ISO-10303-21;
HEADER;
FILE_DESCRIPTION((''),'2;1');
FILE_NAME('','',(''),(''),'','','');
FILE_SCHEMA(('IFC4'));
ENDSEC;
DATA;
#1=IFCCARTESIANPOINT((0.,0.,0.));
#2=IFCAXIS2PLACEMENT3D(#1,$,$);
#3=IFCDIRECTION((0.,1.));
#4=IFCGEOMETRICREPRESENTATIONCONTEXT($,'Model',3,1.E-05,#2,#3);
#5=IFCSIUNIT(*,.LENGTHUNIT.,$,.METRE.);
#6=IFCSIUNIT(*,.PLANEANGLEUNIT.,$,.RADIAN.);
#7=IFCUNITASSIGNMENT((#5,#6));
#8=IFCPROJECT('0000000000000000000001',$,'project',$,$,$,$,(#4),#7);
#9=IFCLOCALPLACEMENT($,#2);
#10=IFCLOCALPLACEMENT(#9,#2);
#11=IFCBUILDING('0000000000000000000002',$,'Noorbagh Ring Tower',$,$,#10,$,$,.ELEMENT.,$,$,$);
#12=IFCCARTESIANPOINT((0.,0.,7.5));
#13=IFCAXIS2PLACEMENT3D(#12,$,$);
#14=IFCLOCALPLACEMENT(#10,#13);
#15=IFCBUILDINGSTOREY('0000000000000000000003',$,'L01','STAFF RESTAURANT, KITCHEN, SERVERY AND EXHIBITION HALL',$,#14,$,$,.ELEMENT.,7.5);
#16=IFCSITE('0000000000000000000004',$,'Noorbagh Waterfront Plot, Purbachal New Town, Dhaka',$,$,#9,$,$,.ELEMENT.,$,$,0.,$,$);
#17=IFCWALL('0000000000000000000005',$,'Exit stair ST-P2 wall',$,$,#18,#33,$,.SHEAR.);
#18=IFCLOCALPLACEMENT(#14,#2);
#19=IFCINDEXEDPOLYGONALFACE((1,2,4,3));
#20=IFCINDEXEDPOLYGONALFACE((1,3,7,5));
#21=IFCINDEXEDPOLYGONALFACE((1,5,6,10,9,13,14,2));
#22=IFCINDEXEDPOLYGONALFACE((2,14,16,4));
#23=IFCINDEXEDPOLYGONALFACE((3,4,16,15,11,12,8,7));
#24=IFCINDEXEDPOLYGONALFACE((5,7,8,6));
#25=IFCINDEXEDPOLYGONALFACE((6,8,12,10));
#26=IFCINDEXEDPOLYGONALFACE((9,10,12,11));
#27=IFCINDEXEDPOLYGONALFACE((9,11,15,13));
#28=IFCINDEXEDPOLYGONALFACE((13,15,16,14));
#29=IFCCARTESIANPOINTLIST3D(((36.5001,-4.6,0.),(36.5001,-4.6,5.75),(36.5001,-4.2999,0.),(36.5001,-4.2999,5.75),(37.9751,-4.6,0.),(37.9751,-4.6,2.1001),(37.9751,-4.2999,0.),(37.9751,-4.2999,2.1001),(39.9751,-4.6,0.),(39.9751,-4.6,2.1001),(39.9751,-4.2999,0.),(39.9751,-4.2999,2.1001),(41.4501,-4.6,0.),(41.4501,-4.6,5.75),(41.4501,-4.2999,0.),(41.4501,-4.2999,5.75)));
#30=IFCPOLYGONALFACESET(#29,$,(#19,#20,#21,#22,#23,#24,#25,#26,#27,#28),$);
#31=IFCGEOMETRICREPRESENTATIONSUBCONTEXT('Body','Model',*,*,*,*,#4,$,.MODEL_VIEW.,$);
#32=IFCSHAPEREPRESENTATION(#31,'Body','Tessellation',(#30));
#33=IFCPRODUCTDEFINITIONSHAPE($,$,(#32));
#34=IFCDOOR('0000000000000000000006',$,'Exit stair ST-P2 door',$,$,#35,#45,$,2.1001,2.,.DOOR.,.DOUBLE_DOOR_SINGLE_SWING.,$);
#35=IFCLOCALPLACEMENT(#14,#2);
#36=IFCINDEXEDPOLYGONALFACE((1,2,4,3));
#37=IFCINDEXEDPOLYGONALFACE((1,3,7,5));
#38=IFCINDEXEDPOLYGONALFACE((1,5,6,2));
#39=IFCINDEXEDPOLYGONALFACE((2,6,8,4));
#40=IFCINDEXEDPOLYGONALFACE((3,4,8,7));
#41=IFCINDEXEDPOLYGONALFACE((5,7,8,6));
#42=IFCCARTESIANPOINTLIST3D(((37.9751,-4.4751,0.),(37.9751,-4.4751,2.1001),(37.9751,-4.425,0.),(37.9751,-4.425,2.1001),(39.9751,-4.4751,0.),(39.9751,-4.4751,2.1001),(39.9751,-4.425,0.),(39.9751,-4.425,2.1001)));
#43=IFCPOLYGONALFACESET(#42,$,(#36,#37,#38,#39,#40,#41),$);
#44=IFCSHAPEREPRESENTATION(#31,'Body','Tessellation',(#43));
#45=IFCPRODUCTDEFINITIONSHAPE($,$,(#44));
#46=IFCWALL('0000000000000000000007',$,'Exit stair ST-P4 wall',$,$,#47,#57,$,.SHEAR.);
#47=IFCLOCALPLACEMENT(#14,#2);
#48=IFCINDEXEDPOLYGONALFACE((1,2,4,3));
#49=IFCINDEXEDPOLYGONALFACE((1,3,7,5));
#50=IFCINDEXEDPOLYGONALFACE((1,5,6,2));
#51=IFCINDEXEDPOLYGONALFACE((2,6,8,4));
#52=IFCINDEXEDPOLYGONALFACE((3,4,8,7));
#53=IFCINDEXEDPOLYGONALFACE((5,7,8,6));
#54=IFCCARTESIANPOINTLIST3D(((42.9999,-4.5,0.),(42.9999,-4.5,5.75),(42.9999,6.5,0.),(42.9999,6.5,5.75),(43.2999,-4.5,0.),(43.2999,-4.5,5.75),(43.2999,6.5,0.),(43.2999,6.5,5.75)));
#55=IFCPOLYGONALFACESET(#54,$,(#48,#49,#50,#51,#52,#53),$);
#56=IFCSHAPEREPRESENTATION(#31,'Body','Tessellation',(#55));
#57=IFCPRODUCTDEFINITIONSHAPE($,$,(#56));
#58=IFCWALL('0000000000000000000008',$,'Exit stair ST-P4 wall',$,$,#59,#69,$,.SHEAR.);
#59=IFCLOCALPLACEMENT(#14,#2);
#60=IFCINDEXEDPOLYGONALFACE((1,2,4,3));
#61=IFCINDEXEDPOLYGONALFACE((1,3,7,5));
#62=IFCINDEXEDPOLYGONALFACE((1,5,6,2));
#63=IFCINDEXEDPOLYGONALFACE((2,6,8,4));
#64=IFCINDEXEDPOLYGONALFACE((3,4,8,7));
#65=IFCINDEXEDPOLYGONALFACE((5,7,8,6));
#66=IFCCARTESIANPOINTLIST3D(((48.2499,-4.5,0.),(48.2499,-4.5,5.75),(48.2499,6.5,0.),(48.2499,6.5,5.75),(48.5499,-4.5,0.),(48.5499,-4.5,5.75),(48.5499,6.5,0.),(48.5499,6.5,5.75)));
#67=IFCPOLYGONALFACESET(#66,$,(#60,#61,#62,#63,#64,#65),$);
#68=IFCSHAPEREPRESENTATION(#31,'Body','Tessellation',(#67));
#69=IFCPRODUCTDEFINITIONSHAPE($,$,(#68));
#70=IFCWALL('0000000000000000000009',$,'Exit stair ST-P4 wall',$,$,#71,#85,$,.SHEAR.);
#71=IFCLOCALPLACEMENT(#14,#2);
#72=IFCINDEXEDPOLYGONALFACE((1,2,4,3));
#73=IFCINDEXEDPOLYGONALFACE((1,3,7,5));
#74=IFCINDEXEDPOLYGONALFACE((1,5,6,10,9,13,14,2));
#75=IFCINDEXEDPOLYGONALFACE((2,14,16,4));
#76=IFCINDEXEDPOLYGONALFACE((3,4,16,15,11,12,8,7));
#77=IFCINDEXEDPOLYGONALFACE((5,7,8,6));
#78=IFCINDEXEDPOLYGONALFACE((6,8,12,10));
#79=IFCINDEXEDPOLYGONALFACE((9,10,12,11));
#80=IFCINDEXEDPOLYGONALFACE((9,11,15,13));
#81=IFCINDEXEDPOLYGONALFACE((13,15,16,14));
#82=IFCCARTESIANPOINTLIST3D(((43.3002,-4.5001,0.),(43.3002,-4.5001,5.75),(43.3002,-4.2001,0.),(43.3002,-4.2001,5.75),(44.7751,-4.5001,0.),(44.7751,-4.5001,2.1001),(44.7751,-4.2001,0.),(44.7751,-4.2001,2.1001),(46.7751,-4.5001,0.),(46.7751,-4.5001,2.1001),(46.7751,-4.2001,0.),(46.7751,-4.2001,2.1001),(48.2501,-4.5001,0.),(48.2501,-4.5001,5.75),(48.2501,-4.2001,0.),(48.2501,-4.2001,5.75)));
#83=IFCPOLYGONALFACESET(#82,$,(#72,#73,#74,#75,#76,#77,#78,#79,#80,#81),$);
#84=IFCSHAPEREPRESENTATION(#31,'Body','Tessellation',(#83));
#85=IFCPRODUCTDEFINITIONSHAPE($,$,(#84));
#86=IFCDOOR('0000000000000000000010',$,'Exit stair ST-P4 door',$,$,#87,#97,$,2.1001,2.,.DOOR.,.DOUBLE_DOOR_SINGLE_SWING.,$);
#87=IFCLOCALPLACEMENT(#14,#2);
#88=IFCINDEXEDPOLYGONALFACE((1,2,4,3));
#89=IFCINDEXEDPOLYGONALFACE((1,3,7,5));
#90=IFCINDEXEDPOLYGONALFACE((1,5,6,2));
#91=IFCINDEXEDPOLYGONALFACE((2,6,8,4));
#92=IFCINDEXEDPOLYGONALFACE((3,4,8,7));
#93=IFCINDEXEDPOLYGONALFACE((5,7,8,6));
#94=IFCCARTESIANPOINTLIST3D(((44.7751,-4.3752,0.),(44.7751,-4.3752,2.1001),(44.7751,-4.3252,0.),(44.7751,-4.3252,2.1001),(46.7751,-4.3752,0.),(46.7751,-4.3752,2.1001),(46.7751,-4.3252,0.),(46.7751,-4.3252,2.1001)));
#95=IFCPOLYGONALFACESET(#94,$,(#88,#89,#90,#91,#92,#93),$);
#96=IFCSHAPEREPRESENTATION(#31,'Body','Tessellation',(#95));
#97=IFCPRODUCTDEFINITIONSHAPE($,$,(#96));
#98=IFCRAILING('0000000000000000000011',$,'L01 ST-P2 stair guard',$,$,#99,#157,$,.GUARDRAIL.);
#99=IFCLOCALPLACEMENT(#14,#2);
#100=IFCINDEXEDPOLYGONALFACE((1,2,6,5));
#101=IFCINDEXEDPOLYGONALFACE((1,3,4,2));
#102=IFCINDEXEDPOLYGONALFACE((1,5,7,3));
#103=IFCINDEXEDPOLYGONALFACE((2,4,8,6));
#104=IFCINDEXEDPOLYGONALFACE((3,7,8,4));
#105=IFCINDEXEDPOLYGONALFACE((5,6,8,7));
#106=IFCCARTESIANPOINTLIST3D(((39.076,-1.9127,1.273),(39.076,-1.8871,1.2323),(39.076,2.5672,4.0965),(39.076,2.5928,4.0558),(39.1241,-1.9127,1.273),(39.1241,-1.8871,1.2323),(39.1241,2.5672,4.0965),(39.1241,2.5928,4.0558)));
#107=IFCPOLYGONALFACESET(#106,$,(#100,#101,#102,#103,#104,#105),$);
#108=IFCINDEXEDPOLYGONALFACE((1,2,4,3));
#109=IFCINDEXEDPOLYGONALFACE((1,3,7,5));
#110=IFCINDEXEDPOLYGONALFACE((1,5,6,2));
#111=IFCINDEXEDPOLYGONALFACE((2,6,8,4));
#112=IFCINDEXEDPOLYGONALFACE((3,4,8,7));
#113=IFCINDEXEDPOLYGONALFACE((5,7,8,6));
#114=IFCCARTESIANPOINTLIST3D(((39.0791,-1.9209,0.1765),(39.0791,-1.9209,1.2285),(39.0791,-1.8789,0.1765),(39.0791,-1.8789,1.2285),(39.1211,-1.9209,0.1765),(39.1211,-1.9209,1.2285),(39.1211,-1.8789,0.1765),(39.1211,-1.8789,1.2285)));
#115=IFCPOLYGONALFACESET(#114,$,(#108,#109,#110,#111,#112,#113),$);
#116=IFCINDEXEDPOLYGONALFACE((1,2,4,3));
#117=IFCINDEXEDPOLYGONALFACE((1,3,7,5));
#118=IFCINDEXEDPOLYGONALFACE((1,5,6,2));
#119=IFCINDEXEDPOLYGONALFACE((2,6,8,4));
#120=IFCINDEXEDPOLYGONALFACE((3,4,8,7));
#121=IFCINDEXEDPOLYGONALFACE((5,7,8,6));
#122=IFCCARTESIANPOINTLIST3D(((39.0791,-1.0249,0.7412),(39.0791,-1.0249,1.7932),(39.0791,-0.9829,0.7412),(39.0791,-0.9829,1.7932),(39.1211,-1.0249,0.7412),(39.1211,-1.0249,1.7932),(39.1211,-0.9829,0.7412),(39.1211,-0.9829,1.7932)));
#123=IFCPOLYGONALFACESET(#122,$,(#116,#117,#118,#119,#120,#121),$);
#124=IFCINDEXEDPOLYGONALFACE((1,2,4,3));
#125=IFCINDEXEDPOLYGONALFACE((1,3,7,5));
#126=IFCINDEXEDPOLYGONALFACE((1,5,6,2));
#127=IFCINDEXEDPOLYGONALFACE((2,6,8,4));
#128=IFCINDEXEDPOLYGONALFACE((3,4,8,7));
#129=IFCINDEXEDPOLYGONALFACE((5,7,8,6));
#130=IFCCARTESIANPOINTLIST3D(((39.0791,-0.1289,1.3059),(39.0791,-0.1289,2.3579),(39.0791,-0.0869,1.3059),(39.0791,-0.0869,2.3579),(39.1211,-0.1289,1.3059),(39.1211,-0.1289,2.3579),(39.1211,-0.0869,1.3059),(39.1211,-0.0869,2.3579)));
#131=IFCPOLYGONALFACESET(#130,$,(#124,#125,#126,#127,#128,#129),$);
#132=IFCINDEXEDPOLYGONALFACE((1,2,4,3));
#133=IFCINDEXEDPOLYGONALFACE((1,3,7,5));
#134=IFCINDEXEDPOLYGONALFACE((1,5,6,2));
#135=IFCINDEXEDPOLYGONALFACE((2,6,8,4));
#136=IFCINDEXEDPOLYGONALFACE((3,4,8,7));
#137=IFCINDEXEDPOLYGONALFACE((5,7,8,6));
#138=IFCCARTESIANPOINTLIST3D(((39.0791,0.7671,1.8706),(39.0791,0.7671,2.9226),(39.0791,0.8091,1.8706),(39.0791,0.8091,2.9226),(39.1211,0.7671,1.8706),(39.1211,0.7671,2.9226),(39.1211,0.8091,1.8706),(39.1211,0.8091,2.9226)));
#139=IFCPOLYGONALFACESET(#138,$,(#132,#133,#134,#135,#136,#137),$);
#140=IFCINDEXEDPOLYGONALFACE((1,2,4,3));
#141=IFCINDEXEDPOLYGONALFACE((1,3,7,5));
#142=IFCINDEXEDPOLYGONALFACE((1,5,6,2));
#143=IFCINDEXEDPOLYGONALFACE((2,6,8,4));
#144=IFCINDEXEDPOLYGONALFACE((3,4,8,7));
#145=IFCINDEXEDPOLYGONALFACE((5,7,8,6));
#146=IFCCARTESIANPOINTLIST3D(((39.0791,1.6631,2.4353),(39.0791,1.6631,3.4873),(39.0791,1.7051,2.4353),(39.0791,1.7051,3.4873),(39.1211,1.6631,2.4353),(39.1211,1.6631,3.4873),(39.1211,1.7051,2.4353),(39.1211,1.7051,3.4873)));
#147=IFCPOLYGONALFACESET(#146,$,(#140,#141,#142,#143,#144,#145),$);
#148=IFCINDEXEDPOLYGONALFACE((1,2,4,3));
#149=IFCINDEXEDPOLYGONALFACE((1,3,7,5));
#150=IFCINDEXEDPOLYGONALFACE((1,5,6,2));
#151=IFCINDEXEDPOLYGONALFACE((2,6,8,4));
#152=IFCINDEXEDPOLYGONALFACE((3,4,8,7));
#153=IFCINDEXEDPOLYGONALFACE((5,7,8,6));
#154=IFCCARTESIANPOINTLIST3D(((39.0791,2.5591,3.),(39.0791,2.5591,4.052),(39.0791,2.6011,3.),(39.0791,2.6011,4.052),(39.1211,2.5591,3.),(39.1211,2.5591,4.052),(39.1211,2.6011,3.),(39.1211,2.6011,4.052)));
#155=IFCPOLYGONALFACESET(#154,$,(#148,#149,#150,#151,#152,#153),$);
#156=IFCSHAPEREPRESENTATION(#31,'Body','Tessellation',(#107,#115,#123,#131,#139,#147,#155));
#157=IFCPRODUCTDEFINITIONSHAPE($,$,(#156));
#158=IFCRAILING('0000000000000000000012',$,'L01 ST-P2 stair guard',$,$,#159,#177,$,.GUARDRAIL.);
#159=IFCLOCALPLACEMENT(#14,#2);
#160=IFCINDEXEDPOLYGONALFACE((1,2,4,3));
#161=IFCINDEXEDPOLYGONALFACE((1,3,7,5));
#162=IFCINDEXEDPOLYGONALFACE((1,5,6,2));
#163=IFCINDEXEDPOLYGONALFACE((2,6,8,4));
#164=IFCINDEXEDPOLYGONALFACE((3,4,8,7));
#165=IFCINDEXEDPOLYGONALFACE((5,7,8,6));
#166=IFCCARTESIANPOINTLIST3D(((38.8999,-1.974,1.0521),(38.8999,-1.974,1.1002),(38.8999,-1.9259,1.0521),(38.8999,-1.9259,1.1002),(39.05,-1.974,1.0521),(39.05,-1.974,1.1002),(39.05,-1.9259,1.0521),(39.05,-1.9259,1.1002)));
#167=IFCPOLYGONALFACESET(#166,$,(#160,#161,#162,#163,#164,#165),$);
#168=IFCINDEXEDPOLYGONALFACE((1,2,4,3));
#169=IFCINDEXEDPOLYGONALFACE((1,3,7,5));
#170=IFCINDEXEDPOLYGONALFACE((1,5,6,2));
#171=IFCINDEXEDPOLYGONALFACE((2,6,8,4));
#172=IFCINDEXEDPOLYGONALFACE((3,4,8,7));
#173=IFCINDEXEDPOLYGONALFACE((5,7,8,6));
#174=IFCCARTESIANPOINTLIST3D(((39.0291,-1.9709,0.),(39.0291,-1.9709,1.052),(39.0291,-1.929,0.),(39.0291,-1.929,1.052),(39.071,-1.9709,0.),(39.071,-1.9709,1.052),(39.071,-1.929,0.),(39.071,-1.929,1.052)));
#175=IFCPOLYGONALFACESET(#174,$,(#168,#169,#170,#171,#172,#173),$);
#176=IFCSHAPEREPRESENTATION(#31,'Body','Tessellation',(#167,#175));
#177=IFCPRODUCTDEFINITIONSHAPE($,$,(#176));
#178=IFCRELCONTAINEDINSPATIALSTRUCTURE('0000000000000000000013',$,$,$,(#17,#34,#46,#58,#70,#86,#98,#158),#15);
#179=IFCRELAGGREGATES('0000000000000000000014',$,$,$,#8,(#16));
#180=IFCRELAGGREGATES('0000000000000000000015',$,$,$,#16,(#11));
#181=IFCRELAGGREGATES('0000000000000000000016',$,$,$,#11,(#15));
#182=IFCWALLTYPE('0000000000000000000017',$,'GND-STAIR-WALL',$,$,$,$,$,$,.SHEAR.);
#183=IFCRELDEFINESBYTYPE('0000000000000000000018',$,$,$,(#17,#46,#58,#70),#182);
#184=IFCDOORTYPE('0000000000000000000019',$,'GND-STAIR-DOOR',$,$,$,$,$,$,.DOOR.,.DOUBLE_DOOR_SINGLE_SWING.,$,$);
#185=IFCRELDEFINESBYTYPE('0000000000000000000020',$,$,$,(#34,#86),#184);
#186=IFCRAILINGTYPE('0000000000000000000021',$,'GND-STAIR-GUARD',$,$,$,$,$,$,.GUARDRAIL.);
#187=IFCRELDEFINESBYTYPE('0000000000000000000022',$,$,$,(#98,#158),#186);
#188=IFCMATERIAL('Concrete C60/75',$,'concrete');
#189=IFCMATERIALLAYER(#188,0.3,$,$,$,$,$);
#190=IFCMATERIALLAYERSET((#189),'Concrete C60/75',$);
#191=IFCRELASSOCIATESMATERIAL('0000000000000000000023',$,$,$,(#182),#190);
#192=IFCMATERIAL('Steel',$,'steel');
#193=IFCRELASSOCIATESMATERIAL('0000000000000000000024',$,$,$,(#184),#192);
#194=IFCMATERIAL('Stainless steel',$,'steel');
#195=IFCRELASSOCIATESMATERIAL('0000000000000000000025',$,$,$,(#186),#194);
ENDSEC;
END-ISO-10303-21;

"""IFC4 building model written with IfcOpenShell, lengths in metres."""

from ifc_helpers import new_model, si_unit, direction, frame, frame_2d, origin, origin_2d, place, context, subcontext, project, spatial, rectangle, extrude, material, layer, layer_set, type_object, element, fill, save


model = new_model("IFC4")

# Units and contexts
model_context = context("Model", 3, precision=1e-05, world=origin(), true_north=direction((0.0, 1.0)))
body_context = subcontext(model_context, "Body", "Model", "MODEL_VIEW")
ifc_project = project(units=[si_unit("LENGTHUNIT", "METRE"), si_unit("PLANEANGLEUNIT", "RADIAN")], contexts=[model_context])

# Site, building, storey
site_placement = place(None, origin())
site = spatial("IfcSite", under=ifc_project, at=site_placement, Name="Noorbagh Waterfront Plot, Purbachal New Town, Dhaka", CompositionType="ELEMENT", RefElevation=0.0)
building_placement = place(site_placement, origin())
building = spatial("IfcBuilding", under=site, at=building_placement, Name="Noorbagh Ring Tower", CompositionType="ELEMENT")
storey_placement = place(building_placement, frame((0.0, 0.0, 7.5)))
storey = spatial("IfcBuildingStorey", under=building, at=storey_placement, Name="L01", Description="STAFF RESTAURANT, KITCHEN, SERVERY AND EXHIBITION HALL", CompositionType="ELEMENT", Elevation=7.5)

# Shared definitions
ifc_material_1 = material(Name="Concrete C60/75", Category="concrete")
ifc_layer_1 = layer(ifc_material_1, 0.3)
ifc_layer_set_1 = layer_set([ifc_layer_1], Name="Concrete C60/75")
wall_type_1 = type_object("IfcWallType", Name="GND-STAIR-WALL", PredefinedType="SHEAR", material=ifc_layer_set_1)

# Wall, opening, door
wall_1_placement = place(storey_placement, frame((36.5, -4.45, 0.0), z_axis=(0.0, 0.0, 1.0), x_axis=(1.0, 0.0, 0.0)))
wall_1 = element("IfcWall", 1, at=wall_1_placement, inside=storey, type_object=wall_type_1, Name="Exit stair ST-P2 wall", PredefinedType="SHEAR", context=body_context, shape_type="SweptSolid", body=[
    extrude(rectangle(XDim=4.95, YDim=0.3, at=frame_2d((2.4751, 0.0))), origin(), (0.0, 0.0, 1.0), 5.75),
])
opening_1_placement = place(wall_1_placement, frame((1.4751, 0.0, 0.0)))
opening_1 = element("IfcOpeningElement", 2, at=opening_1_placement, cuts=wall_1, PredefinedType="OPENING", context=body_context, shape_type="SweptSolid", body=[
    extrude(rectangle(XDim=2.0, YDim=2.1001, at=frame_2d((1.0, 1.05))), frame((0.0, 0.1602, 0.0), z_axis=(0.0, -1.0, 0.0), x_axis=(1.0, 0.0, 0.0)), (0.0, 0.0, 1.0), 0.3201),
])
ifc_material_2 = material(Name="Steel", Category="steel")
door_type = type_object("IfcDoorType", Name="GND-STAIR-DOOR", OperationType="DOUBLE_DOOR_SINGLE_SWING", PredefinedType="DOOR", material=ifc_material_2)
door_1_placement = place(opening_1_placement, origin())
door_1 = element("IfcDoor", 3, at=door_1_placement, inside=storey, type_object=door_type, Name="Exit stair ST-P2 door", OperationType="DOUBLE_DOOR_SINGLE_SWING", OverallHeight=2.1001, OverallWidth=2.0, PredefinedType="DOOR", context=body_context, shape_type="SweptSolid", body=[
    extrude(rectangle(XDim=2.0, YDim=2.1001, at=frame_2d((1.0, 1.05))), frame((0.0, 0.0249, 0.0), z_axis=(0.0, -1.0, 0.0), x_axis=(1.0, 0.0, 0.0)), (0.0, 0.0, 1.0), 0.05),
])
fill(opening_1, door_1)

# Walls
for number, where, z_axis, x_axis, name in (
    (4, (43.1499, -4.5, 0.0), (0.0, 0.0, 1.0), (0.0, 1.0, 0.0), "Exit stair ST-P4 wall"),
    (5, (48.3999, -4.5, 0.0), (0.0, 0.0, 1.0), (0.0, 1.0, 0.0), "Exit stair ST-P4 wall"),
):
    element("IfcWall", number, at=place(storey_placement, frame(where, z_axis=z_axis, x_axis=x_axis)), inside=storey, type_object=wall_type_1, Name=name, PredefinedType="SHEAR", context=body_context, shape_type="SweptSolid", body=[
        extrude(rectangle(XDim=11.0, YDim=0.3, at=frame_2d((5.5, 0.0))), origin(), (0.0, 0.0, 1.0), 5.75),
    ])

# Wall, opening, door
wall_2_placement = place(storey_placement, frame((43.3, -4.3501, 0.0), z_axis=(0.0, 0.0, 1.0), x_axis=(1.0, 0.0, 0.0)))
wall_2 = element("IfcWall", 6, at=wall_2_placement, inside=storey, type_object=wall_type_1, Name="Exit stair ST-P4 wall", PredefinedType="SHEAR", context=body_context, shape_type="SweptSolid", body=[
    extrude(rectangle(XDim=4.95, YDim=0.3, at=frame_2d((2.4751, 0.0))), origin(), (0.0, 0.0, 1.0), 5.75),
])
opening_2_placement = place(wall_2_placement, frame((1.4751, 0.0, 0.0)))
opening_2 = element("IfcOpeningElement", 7, at=opening_2_placement, cuts=wall_2, PredefinedType="OPENING", context=body_context, shape_type="SweptSolid", body=[
    extrude(rectangle(XDim=2.0, YDim=2.1001, at=frame_2d((1.0, 1.05))), frame((0.0, 0.1602, 0.0), z_axis=(0.0, -1.0, 0.0), x_axis=(1.0, 0.0, 0.0)), (0.0, 0.0, 1.0), 0.3201),
])
door_2_placement = place(opening_2_placement, origin())
door_2 = element("IfcDoor", 8, at=door_2_placement, inside=storey, type_object=door_type, Name="Exit stair ST-P4 door", OperationType="DOUBLE_DOOR_SINGLE_SWING", OverallHeight=2.1001, OverallWidth=2.0, PredefinedType="DOOR", context=body_context, shape_type="SweptSolid", body=[
    extrude(rectangle(XDim=2.0, YDim=2.1001, at=frame_2d((1.0, 1.05))), frame((0.0, 0.0249, 0.0), z_axis=(0.0, -1.0, 0.0), x_axis=(1.0, 0.0, 0.0)), (0.0, 0.0, 1.0), 0.05),
])
fill(opening_2, door_2)

# Railings
ifc_material_3 = material(Name="Stainless steel", Category="steel")
railing_type = type_object("IfcRailingType", Name="GND-STAIR-GUARD", PredefinedType="GUARDRAIL", material=ifc_material_3)
railing_1_placement = place(storey_placement, frame((39.1001, -1.8999, 0.1765)))
element("IfcRailing", 9, at=railing_1_placement, inside=storey, type_object=railing_type, Name="L01 ST-P2 stair guard", PredefinedType="GUARDRAIL", context=body_context, shape_type="SweptSolid", body=[
    extrude(rectangle(XDim=0.0481, YDim=0.0481, at=origin_2d()), frame((0.0, 0.0, 1.0762), z_axis=(0.0, 0.845998, 0.533186), x_axis=(-1.0, 0.0, 0.0)), (0.0, 0.0, 1.0), 5.2954),
    extrude(rectangle(XDim=0.042, YDim=0.042, at=origin_2d()), origin(), (0.0, 0.0, 1.0), 1.052),
    extrude(rectangle(XDim=0.042, YDim=0.042, at=origin_2d()), frame((0.0, 0.896, 0.5647)), (0.0, 0.0, 1.0), 1.052),
    extrude(rectangle(XDim=0.042, YDim=0.042, at=origin_2d()), frame((0.0, 1.792, 1.1294)), (0.0, 0.0, 1.0), 1.052),
    extrude(rectangle(XDim=0.042, YDim=0.042, at=origin_2d()), frame((0.0, 2.688, 1.6941)), (0.0, 0.0, 1.0), 1.052),
    extrude(rectangle(XDim=0.042, YDim=0.042, at=origin_2d()), frame((0.0, 3.584, 2.2588)), (0.0, 0.0, 1.0), 1.052),
    extrude(rectangle(XDim=0.042, YDim=0.042, at=origin_2d()), frame((0.0, 4.48, 2.8235)), (0.0, 0.0, 1.0), 1.052),
])
railing_2_placement = place(storey_placement, frame((39.05, -1.95, 0.0)))
element("IfcRailing", 10, at=railing_2_placement, inside=storey, type_object=railing_type, Name="L01 ST-P2 stair guard", PredefinedType="GUARDRAIL", context=body_context, shape_type="SweptSolid", body=[
    extrude(rectangle(XDim=0.0481, YDim=0.0481, at=origin_2d()), frame((0.0, 0.0, 1.0762), z_axis=(-1.0, 0.0, 0.0), x_axis=(0.0, -1.0, 0.0)), (0.0, 0.0, 1.0), 0.1501),
    extrude(rectangle(XDim=0.042, YDim=0.042, at=origin_2d()), origin(), (0.0, 0.0, 1.0), 1.052),
])

save(model, "model.ifc")
